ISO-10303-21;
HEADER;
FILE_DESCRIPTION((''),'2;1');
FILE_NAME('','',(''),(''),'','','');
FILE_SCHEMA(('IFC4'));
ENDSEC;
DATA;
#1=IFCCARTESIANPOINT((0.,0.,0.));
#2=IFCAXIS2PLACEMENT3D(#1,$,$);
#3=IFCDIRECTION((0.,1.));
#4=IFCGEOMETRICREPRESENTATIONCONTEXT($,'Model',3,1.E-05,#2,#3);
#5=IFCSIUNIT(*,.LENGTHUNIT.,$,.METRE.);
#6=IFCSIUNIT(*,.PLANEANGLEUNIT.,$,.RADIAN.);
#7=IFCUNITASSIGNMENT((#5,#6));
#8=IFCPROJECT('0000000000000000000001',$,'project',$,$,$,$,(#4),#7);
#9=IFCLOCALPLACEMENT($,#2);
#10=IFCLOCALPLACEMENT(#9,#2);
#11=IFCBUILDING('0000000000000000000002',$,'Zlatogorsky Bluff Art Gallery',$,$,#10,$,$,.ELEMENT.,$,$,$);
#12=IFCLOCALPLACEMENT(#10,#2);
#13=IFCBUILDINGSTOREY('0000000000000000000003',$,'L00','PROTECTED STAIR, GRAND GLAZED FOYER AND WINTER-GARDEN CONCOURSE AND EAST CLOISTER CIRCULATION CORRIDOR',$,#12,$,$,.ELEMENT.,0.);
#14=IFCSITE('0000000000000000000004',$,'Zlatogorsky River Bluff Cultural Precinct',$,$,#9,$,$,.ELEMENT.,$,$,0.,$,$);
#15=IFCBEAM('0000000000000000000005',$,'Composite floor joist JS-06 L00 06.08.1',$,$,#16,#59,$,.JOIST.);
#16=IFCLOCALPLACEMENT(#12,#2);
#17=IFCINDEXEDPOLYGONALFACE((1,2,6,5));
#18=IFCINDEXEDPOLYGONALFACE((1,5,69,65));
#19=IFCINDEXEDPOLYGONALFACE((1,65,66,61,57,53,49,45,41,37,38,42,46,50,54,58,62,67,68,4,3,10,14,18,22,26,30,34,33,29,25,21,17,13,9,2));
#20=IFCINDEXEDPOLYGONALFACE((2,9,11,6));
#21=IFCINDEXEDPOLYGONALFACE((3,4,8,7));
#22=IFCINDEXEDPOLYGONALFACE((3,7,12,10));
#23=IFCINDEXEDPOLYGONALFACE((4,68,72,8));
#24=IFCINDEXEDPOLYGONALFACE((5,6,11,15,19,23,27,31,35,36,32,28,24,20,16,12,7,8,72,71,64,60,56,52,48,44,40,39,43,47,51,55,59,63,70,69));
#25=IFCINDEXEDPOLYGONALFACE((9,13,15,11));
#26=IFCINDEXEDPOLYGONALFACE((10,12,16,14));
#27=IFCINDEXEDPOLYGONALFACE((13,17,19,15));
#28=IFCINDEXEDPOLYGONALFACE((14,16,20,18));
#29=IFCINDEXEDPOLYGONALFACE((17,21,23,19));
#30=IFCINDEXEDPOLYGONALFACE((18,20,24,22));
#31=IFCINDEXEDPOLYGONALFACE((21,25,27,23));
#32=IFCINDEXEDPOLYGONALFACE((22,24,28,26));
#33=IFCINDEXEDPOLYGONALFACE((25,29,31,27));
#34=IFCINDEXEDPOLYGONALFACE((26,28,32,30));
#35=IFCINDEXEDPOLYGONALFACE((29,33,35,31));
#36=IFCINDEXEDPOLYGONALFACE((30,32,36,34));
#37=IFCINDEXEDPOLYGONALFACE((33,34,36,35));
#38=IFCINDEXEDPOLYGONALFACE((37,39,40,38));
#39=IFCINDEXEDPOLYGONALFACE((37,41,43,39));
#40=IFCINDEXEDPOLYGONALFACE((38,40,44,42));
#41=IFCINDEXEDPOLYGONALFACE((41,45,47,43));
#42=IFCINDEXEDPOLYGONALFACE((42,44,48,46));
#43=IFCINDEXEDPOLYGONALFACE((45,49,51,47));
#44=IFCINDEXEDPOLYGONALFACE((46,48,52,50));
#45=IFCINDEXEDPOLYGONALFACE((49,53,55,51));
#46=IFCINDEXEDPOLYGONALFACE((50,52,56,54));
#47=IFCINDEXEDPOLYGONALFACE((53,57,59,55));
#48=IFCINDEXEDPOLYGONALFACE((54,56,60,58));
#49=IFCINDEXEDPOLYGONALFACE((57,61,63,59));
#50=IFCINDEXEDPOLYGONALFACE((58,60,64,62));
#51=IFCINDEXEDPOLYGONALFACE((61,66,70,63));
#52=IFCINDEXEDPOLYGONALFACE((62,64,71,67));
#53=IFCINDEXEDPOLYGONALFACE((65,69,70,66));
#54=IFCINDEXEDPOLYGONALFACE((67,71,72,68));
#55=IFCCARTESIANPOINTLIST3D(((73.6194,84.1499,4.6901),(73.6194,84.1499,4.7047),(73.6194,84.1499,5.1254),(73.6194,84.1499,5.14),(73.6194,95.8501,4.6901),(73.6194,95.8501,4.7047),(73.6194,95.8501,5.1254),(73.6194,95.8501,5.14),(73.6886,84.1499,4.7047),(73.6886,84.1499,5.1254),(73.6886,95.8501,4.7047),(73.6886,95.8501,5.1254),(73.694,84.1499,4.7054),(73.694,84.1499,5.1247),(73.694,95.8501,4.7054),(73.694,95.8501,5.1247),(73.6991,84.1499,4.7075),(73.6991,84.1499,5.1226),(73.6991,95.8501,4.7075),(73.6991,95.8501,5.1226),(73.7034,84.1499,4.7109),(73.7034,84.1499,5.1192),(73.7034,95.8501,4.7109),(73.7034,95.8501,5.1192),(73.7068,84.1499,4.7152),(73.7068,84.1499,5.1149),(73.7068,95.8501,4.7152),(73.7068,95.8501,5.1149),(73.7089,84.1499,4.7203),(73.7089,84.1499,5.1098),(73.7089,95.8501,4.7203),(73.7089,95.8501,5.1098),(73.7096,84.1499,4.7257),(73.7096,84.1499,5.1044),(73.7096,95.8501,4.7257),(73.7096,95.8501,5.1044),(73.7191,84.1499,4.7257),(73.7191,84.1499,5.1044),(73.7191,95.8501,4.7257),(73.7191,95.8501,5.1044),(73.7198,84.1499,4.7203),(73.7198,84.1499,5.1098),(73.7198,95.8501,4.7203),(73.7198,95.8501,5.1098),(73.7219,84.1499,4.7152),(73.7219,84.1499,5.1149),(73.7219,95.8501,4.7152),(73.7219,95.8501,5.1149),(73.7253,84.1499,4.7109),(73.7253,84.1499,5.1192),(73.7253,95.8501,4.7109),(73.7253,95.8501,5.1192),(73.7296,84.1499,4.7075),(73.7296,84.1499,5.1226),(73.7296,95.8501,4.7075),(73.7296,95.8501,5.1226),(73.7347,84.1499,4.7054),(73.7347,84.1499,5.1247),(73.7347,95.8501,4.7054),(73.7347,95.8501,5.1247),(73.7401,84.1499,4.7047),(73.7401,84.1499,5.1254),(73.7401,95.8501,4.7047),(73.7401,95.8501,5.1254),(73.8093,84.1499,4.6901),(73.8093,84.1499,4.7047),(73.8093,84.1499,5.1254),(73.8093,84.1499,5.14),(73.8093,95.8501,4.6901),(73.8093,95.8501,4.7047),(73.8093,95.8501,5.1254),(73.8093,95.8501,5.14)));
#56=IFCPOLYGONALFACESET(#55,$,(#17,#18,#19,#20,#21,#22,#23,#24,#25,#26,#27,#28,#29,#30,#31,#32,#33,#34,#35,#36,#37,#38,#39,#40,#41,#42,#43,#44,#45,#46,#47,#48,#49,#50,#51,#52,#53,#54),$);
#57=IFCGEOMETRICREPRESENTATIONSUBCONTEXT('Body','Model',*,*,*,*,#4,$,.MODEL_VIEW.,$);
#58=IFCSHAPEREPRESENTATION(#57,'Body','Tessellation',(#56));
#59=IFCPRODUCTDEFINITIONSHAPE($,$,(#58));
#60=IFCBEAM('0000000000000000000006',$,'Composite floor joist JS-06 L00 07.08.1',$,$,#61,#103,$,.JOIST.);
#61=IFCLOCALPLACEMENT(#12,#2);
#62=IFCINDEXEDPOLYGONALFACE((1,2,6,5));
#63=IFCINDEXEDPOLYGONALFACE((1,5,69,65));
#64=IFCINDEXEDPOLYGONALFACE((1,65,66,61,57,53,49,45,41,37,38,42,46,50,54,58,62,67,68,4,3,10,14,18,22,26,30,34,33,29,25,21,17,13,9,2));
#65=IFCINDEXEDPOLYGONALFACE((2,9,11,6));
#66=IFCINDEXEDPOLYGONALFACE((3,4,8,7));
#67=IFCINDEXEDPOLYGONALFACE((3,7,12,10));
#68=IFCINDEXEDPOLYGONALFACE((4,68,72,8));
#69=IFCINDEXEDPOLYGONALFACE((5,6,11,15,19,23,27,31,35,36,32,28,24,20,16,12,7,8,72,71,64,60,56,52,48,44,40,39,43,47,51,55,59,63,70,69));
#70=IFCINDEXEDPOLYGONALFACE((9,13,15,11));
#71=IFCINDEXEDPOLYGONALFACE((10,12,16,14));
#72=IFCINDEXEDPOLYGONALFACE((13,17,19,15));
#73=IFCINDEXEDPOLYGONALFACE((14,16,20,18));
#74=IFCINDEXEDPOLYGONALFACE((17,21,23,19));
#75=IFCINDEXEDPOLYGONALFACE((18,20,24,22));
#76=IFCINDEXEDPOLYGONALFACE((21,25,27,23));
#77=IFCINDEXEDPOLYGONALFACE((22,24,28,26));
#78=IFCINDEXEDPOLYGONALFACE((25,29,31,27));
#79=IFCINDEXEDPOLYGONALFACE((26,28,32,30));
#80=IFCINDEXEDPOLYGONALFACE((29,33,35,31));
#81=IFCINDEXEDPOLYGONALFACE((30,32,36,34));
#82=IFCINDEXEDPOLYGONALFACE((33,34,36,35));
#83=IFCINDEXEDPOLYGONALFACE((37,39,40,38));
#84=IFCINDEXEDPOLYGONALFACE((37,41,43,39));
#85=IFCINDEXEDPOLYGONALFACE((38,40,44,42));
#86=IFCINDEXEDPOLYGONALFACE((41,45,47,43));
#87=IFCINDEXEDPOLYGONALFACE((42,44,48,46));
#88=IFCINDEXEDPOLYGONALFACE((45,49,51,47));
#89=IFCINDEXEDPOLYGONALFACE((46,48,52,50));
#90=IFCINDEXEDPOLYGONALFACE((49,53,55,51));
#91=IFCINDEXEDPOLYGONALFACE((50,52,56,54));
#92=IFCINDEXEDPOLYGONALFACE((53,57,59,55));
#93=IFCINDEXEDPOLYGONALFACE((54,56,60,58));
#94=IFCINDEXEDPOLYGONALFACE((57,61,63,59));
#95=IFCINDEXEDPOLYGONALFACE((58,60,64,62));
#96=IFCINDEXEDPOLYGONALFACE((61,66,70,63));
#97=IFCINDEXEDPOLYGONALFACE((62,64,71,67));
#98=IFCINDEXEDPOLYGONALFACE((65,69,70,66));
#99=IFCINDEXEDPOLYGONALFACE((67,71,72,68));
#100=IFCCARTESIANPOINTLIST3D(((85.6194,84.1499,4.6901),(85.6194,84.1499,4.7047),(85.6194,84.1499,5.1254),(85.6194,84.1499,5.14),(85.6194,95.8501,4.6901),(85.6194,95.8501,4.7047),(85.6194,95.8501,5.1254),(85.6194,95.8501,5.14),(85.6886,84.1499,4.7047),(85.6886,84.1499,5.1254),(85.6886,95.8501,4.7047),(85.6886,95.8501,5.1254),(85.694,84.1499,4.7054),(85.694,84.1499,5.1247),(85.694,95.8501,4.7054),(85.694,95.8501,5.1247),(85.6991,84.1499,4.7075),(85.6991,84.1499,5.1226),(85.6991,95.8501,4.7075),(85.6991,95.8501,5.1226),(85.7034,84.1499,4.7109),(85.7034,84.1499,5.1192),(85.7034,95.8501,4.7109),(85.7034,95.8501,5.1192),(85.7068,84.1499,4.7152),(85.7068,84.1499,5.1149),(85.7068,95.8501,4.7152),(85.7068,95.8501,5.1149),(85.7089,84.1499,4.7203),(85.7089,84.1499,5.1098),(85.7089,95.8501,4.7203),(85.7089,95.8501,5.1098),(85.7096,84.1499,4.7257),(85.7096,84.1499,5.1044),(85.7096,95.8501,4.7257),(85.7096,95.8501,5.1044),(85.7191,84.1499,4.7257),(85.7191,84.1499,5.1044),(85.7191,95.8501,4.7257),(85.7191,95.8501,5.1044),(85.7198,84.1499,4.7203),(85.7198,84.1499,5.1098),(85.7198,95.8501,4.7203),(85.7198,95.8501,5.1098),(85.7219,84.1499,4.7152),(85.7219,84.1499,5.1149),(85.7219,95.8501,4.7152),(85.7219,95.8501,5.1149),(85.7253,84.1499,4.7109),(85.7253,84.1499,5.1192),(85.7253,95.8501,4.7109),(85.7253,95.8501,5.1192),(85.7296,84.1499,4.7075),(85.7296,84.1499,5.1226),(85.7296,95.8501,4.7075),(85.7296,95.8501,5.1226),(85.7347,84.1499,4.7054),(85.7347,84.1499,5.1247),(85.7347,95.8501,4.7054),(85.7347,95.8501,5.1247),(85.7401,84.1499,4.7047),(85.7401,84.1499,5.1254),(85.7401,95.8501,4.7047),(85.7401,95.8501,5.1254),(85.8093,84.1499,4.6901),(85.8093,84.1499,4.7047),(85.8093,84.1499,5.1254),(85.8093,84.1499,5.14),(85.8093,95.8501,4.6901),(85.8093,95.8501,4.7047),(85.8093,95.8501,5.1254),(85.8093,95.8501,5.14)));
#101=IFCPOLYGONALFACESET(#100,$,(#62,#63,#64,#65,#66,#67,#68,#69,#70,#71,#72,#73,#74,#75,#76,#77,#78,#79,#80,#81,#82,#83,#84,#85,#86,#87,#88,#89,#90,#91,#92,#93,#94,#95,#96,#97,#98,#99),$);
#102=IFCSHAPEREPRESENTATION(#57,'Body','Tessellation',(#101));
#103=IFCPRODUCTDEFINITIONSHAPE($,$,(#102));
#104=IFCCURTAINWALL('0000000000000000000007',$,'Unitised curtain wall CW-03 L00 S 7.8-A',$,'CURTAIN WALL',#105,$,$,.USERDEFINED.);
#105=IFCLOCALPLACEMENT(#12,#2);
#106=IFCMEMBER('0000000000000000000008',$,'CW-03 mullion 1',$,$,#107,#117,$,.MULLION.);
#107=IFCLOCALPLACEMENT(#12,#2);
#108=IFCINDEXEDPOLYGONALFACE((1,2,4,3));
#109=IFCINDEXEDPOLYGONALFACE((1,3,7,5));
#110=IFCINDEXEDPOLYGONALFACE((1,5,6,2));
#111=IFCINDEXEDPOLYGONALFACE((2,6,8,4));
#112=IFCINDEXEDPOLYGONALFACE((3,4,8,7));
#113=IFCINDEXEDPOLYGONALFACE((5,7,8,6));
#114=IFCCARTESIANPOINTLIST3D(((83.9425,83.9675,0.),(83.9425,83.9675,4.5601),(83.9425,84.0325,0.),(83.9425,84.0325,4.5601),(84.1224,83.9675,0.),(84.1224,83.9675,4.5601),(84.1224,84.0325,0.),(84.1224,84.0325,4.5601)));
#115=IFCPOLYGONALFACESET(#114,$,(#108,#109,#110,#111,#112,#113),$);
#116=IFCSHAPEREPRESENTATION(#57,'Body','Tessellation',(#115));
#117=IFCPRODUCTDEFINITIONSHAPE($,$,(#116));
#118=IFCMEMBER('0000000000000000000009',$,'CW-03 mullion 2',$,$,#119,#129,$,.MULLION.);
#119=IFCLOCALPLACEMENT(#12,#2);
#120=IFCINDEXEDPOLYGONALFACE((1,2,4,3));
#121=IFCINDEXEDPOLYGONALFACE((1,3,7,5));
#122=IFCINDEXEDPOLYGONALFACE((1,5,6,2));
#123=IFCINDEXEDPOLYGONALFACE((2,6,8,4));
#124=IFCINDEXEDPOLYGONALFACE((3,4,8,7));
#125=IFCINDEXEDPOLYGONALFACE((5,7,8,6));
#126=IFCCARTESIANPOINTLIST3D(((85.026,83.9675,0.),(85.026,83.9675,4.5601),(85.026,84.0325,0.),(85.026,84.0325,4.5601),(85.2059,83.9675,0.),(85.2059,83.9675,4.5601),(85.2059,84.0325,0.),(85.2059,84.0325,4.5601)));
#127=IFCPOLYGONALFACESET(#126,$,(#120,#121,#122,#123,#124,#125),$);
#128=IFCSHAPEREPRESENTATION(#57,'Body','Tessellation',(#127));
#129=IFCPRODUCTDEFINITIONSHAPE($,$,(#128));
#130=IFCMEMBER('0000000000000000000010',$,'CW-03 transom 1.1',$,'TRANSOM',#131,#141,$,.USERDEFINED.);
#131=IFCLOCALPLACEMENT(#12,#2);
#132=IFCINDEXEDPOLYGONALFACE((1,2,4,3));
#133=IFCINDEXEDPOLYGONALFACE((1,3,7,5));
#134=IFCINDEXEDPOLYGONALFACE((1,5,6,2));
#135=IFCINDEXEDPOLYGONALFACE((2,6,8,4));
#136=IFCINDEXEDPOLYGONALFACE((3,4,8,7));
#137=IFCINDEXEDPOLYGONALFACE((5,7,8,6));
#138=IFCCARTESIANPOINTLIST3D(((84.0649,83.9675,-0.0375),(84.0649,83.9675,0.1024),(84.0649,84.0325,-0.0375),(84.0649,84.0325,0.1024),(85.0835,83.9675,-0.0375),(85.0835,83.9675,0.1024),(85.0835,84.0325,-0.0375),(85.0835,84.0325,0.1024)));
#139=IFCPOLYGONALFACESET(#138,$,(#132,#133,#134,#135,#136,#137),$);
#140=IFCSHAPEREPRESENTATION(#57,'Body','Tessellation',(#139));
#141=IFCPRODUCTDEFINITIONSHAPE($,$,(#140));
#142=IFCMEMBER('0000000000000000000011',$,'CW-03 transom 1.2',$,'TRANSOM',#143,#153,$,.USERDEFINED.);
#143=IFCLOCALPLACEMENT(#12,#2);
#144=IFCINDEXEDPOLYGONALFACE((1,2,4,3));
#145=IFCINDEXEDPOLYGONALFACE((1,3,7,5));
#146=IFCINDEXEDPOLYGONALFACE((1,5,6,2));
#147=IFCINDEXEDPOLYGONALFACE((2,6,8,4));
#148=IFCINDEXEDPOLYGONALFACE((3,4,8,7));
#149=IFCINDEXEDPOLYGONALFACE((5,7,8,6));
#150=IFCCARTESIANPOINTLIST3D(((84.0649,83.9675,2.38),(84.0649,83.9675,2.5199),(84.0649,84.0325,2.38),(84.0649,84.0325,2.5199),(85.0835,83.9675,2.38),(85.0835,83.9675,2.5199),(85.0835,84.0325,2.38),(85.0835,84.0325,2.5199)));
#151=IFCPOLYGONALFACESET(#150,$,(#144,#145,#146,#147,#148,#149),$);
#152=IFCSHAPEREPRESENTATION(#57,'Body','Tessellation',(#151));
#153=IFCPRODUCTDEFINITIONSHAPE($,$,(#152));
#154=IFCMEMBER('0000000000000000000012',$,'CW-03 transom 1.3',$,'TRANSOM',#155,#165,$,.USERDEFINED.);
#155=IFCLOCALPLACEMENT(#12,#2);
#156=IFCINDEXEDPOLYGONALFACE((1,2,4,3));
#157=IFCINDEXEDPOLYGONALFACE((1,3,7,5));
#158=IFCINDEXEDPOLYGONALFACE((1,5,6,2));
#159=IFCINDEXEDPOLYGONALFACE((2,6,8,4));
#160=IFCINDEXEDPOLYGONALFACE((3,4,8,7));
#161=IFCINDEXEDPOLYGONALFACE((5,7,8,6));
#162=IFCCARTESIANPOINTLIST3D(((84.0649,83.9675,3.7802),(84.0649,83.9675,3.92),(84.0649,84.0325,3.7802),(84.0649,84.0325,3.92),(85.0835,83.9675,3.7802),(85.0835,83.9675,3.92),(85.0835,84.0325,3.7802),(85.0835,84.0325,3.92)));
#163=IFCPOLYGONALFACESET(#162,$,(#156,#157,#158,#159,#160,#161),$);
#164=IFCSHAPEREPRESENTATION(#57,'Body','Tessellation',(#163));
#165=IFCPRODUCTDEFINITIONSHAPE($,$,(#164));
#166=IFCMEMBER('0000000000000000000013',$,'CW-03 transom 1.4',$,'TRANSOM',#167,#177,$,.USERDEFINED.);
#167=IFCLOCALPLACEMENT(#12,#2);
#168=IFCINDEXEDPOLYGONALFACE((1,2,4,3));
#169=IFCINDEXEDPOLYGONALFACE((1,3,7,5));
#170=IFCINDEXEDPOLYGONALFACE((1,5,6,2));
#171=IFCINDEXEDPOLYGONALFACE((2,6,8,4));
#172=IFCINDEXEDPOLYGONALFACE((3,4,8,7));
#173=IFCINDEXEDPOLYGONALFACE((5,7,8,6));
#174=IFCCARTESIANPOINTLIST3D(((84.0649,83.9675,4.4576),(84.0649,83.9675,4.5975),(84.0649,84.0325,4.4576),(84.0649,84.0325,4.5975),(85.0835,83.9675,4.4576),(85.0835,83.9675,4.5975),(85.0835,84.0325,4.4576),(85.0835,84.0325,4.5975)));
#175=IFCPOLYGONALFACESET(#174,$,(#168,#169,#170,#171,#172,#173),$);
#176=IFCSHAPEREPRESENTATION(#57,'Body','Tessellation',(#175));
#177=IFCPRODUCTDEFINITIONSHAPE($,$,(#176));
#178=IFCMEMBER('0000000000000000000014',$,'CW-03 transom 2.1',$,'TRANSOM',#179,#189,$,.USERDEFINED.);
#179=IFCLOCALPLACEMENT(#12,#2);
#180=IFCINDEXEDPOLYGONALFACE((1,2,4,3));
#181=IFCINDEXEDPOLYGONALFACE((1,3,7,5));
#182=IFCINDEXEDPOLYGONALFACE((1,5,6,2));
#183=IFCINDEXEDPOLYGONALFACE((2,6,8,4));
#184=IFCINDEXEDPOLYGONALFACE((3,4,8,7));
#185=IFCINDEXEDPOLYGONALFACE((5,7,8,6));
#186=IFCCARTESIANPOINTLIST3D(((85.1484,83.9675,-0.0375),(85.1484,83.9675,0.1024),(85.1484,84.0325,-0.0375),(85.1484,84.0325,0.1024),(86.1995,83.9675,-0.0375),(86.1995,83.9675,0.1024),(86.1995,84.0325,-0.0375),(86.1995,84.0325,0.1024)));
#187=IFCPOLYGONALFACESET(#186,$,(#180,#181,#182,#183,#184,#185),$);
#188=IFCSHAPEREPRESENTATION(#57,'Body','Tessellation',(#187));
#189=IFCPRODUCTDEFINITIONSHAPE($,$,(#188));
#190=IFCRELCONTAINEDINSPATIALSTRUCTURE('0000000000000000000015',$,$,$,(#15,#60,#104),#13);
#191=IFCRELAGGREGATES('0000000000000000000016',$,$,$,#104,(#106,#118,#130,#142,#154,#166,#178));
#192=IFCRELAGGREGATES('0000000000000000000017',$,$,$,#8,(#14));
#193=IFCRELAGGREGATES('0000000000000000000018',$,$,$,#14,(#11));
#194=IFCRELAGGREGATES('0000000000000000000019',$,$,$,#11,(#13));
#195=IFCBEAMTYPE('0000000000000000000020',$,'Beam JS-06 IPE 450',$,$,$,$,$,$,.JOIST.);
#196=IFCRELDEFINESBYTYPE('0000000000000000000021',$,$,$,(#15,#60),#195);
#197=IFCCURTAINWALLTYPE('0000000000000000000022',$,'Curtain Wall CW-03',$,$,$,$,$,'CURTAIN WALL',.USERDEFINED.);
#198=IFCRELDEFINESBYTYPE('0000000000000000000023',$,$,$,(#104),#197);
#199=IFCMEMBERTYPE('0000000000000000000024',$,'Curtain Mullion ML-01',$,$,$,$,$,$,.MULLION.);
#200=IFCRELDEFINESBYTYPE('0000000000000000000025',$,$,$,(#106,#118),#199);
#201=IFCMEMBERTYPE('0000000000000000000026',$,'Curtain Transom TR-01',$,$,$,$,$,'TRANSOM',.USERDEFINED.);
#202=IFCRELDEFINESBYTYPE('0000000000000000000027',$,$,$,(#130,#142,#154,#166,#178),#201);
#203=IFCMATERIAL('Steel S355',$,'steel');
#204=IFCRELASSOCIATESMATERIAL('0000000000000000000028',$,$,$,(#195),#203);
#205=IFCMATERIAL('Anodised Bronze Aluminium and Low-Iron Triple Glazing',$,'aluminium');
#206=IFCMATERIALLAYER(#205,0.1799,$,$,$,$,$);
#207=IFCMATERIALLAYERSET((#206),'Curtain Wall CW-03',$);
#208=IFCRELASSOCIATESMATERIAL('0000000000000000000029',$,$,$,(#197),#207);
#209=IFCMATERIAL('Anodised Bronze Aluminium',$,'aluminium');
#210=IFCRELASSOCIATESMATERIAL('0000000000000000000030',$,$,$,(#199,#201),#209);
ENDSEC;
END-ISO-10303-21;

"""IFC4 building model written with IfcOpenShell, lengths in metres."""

from ifc_helpers import new_model, si_unit, direction, frame, origin, origin_2d, place, context, subcontext, project, spatial, rectangle, i_section, extrude, material, layer, layer_set, material_profile, profile_set, type_object, element, aggregate, save


model = new_model("IFC4")

# Units and contexts
model_context = context("Model", 3, precision=1e-05, world=origin(), true_north=direction((0.0, 1.0)))
body_context = subcontext(model_context, "Body", "Model", "MODEL_VIEW")
ifc_project = project(units=[si_unit("LENGTHUNIT", "METRE"), si_unit("PLANEANGLEUNIT", "RADIAN")], contexts=[model_context])

# Site, building, storey
site_placement = place(None, origin())
site = spatial("IfcSite", under=ifc_project, at=site_placement, Name="Zlatogorsky River Bluff Cultural Precinct", CompositionType="ELEMENT", RefElevation=0.0)
building_placement = place(site_placement, origin())
building = spatial("IfcBuilding", under=site, at=building_placement, Name="Zlatogorsky Bluff Art Gallery", CompositionType="ELEMENT")
storey_placement = place(building_placement, origin())
storey = spatial("IfcBuildingStorey", under=building, at=storey_placement, Name="L00", Description="PROTECTED STAIR, GRAND GLAZED FOYER AND WINTER-GARDEN CONCOURSE AND EAST CLOISTER CIRCULATION CORRIDOR", CompositionType="ELEMENT", Elevation=0.0)

# Shared definitions
ifc_material_1 = material(Name="Steel S355", Category="steel")

# Beams
ifc_material_profile_1 = material_profile(ifc_material_1, i_section(OverallWidth=0.1899, OverallDepth=0.45, WebThickness=0.0095, FlangeThickness=0.0146, FilletRadius=0.021, at=origin_2d()), Name="IPE 450")
ifc_profile_set_1 = profile_set([ifc_material_profile_1], Name="Steel S355")
beam_type_1 = type_object("IfcBeamType", Name="Beam JS-06 IPE 450", PredefinedType="JOIST", material=ifc_profile_set_1)
for number, where, z_axis, x_axis, name in (
    (1, (73.7144, 84.1499, 4.915), (0.0, 1.0, 0.0), (-1.0, 0.0, 0.0), "Composite floor joist JS-06 L00 06.08.1"),
    (2, (85.7144, 84.1499, 4.915), (0.0, 1.0, 0.0), (-1.0, 0.0, 0.0), "Composite floor joist JS-06 L00 07.08.1"),
):
    element("IfcBeam", number, at=place(storey_placement, frame(where, z_axis=z_axis, x_axis=x_axis)), inside=storey, type_object=beam_type_1, Name=name, PredefinedType="JOIST", context=body_context, shape_type="SweptSolid", body=[
        extrude(i_section(OverallWidth=0.1899, OverallDepth=0.45, WebThickness=0.0095, FlangeThickness=0.0146, FilletRadius=0.021, at=origin_2d()), origin(), (0.0, 0.0, 1.0), 11.7002),
    ])

# Curtain wall, members
ifc_material_2 = material(Name="Anodised Bronze Aluminium and Low-Iron Triple Glazing", Category="aluminium")
ifc_layer_1 = layer(ifc_material_2, 0.1799)
ifc_layer_set_1 = layer_set([ifc_layer_1], Name="Curtain Wall CW-03")
curtain_wall_type = type_object("IfcCurtainWallType", Name="Curtain Wall CW-03", ElementType="CURTAIN WALL", PredefinedType="USERDEFINED", material=ifc_layer_set_1)
curtain_wall_placement = place(storey_placement, origin())
curtain_wall = element("IfcCurtainWall", 3, at=curtain_wall_placement, inside=storey, type_object=curtain_wall_type, Name="Unitised curtain wall CW-03 L00 S 7.8-A", ObjectType="CURTAIN WALL", PredefinedType="USERDEFINED")
ifc_material_3 = material(Name="Anodised Bronze Aluminium", Category="aluminium")
ifc_material_profile_2 = material_profile(ifc_material_3, rectangle(XDim=0.0649, YDim=0.1799, at=origin_2d()), Name="ALU MULLION 65x180")
ifc_profile_set_2 = profile_set([ifc_material_profile_2], Name="Anodised Bronze Aluminium")
member_type_1 = type_object("IfcMemberType", Name="Curtain Mullion ML-01", PredefinedType="MULLION", material=ifc_profile_set_2)
member_1_placement = place(storey_placement, frame((84.0325, 84.0, 0.0), z_axis=(0.0, 0.0, 1.0), x_axis=(0.0, 1.0, 0.0)))
member_1 = element("IfcMember", 4, at=member_1_placement, type_object=member_type_1, Name="CW-03 mullion 1", PredefinedType="MULLION", context=body_context, shape_type="SweptSolid", body=[
    extrude(rectangle(XDim=0.0649, YDim=0.1799, at=origin_2d()), origin(), (0.0, 0.0, 1.0), 4.5601),
])
member_2_placement = place(storey_placement, frame((85.116, 84.0, 0.0), z_axis=(0.0, 0.0, 1.0), x_axis=(0.0, 1.0, 0.0)))
member_2 = element("IfcMember", 5, at=member_2_placement, type_object=member_type_1, Name="CW-03 mullion 2", PredefinedType="MULLION", context=body_context, shape_type="SweptSolid", body=[
    extrude(rectangle(XDim=0.0649, YDim=0.1799, at=origin_2d()), origin(), (0.0, 0.0, 1.0), 4.5601),
])
ifc_material_profile_3 = material_profile(ifc_material_3, rectangle(XDim=0.0649, YDim=0.1399, at=origin_2d()), Name="ALU TRANSOM 65x140")
ifc_profile_set_3 = profile_set([ifc_material_profile_3], Name="Anodised Bronze Aluminium")
member_type_2 = type_object("IfcMemberType", Name="Curtain Transom TR-01", ElementType="TRANSOM", PredefinedType="USERDEFINED", material=ifc_profile_set_3)
member_3_placement = place(storey_placement, frame((84.0649, 84.0, 0.0325), z_axis=(1.0, 0.0, 0.0), x_axis=(0.0, 1.0, 0.0)))
member_3 = element("IfcMember", 6, at=member_3_placement, type_object=member_type_2, Name="CW-03 transom 1.1", ObjectType="TRANSOM", PredefinedType="USERDEFINED", context=body_context, shape_type="SweptSolid", body=[
    extrude(rectangle(XDim=0.0649, YDim=0.1399, at=origin_2d()), origin(), (0.0, 0.0, 1.0), 1.0186),
])
member_4_placement = place(storey_placement, frame((84.0649, 84.0, 2.45), z_axis=(1.0, 0.0, 0.0), x_axis=(0.0, 1.0, 0.0)))
member_4 = element("IfcMember", 7, at=member_4_placement, type_object=member_type_2, Name="CW-03 transom 1.2", ObjectType="TRANSOM", PredefinedType="USERDEFINED", context=body_context, shape_type="SweptSolid", body=[
    extrude(rectangle(XDim=0.0649, YDim=0.1399, at=origin_2d()), origin(), (0.0, 0.0, 1.0), 1.0186),
])
member_5_placement = place(storey_placement, frame((84.0649, 84.0, 3.8501), z_axis=(1.0, 0.0, 0.0), x_axis=(0.0, 1.0, 0.0)))
member_5 = element("IfcMember", 8, at=member_5_placement, type_object=member_type_2, Name="CW-03 transom 1.3", ObjectType="TRANSOM", PredefinedType="USERDEFINED", context=body_context, shape_type="SweptSolid", body=[
    extrude(rectangle(XDim=0.0649, YDim=0.1399, at=origin_2d()), origin(), (0.0, 0.0, 1.0), 1.0186),
])
member_6_placement = place(storey_placement, frame((84.0649, 84.0, 4.5276), z_axis=(1.0, 0.0, 0.0), x_axis=(0.0, 1.0, 0.0)))
member_6 = element("IfcMember", 9, at=member_6_placement, type_object=member_type_2, Name="CW-03 transom 1.4", ObjectType="TRANSOM", PredefinedType="USERDEFINED", context=body_context, shape_type="SweptSolid", body=[
    extrude(rectangle(XDim=0.0649, YDim=0.1399, at=origin_2d()), origin(), (0.0, 0.0, 1.0), 1.0186),
])
member_7_placement = place(storey_placement, frame((85.1484, 84.0, 0.0325), z_axis=(1.0, 0.0, 0.0), x_axis=(0.0, 1.0, 0.0)))
member_7 = element("IfcMember", 10, at=member_7_placement, type_object=member_type_2, Name="CW-03 transom 2.1", ObjectType="TRANSOM", PredefinedType="USERDEFINED", context=body_context, shape_type="SweptSolid", body=[
    extrude(rectangle(XDim=0.0649, YDim=0.1399, at=origin_2d()), origin(), (0.0, 0.0, 1.0), 1.051),
])
aggregate(curtain_wall, [member_1, member_2, member_3, member_4, member_5, member_6, member_7])

save(model, "model.ifc")
